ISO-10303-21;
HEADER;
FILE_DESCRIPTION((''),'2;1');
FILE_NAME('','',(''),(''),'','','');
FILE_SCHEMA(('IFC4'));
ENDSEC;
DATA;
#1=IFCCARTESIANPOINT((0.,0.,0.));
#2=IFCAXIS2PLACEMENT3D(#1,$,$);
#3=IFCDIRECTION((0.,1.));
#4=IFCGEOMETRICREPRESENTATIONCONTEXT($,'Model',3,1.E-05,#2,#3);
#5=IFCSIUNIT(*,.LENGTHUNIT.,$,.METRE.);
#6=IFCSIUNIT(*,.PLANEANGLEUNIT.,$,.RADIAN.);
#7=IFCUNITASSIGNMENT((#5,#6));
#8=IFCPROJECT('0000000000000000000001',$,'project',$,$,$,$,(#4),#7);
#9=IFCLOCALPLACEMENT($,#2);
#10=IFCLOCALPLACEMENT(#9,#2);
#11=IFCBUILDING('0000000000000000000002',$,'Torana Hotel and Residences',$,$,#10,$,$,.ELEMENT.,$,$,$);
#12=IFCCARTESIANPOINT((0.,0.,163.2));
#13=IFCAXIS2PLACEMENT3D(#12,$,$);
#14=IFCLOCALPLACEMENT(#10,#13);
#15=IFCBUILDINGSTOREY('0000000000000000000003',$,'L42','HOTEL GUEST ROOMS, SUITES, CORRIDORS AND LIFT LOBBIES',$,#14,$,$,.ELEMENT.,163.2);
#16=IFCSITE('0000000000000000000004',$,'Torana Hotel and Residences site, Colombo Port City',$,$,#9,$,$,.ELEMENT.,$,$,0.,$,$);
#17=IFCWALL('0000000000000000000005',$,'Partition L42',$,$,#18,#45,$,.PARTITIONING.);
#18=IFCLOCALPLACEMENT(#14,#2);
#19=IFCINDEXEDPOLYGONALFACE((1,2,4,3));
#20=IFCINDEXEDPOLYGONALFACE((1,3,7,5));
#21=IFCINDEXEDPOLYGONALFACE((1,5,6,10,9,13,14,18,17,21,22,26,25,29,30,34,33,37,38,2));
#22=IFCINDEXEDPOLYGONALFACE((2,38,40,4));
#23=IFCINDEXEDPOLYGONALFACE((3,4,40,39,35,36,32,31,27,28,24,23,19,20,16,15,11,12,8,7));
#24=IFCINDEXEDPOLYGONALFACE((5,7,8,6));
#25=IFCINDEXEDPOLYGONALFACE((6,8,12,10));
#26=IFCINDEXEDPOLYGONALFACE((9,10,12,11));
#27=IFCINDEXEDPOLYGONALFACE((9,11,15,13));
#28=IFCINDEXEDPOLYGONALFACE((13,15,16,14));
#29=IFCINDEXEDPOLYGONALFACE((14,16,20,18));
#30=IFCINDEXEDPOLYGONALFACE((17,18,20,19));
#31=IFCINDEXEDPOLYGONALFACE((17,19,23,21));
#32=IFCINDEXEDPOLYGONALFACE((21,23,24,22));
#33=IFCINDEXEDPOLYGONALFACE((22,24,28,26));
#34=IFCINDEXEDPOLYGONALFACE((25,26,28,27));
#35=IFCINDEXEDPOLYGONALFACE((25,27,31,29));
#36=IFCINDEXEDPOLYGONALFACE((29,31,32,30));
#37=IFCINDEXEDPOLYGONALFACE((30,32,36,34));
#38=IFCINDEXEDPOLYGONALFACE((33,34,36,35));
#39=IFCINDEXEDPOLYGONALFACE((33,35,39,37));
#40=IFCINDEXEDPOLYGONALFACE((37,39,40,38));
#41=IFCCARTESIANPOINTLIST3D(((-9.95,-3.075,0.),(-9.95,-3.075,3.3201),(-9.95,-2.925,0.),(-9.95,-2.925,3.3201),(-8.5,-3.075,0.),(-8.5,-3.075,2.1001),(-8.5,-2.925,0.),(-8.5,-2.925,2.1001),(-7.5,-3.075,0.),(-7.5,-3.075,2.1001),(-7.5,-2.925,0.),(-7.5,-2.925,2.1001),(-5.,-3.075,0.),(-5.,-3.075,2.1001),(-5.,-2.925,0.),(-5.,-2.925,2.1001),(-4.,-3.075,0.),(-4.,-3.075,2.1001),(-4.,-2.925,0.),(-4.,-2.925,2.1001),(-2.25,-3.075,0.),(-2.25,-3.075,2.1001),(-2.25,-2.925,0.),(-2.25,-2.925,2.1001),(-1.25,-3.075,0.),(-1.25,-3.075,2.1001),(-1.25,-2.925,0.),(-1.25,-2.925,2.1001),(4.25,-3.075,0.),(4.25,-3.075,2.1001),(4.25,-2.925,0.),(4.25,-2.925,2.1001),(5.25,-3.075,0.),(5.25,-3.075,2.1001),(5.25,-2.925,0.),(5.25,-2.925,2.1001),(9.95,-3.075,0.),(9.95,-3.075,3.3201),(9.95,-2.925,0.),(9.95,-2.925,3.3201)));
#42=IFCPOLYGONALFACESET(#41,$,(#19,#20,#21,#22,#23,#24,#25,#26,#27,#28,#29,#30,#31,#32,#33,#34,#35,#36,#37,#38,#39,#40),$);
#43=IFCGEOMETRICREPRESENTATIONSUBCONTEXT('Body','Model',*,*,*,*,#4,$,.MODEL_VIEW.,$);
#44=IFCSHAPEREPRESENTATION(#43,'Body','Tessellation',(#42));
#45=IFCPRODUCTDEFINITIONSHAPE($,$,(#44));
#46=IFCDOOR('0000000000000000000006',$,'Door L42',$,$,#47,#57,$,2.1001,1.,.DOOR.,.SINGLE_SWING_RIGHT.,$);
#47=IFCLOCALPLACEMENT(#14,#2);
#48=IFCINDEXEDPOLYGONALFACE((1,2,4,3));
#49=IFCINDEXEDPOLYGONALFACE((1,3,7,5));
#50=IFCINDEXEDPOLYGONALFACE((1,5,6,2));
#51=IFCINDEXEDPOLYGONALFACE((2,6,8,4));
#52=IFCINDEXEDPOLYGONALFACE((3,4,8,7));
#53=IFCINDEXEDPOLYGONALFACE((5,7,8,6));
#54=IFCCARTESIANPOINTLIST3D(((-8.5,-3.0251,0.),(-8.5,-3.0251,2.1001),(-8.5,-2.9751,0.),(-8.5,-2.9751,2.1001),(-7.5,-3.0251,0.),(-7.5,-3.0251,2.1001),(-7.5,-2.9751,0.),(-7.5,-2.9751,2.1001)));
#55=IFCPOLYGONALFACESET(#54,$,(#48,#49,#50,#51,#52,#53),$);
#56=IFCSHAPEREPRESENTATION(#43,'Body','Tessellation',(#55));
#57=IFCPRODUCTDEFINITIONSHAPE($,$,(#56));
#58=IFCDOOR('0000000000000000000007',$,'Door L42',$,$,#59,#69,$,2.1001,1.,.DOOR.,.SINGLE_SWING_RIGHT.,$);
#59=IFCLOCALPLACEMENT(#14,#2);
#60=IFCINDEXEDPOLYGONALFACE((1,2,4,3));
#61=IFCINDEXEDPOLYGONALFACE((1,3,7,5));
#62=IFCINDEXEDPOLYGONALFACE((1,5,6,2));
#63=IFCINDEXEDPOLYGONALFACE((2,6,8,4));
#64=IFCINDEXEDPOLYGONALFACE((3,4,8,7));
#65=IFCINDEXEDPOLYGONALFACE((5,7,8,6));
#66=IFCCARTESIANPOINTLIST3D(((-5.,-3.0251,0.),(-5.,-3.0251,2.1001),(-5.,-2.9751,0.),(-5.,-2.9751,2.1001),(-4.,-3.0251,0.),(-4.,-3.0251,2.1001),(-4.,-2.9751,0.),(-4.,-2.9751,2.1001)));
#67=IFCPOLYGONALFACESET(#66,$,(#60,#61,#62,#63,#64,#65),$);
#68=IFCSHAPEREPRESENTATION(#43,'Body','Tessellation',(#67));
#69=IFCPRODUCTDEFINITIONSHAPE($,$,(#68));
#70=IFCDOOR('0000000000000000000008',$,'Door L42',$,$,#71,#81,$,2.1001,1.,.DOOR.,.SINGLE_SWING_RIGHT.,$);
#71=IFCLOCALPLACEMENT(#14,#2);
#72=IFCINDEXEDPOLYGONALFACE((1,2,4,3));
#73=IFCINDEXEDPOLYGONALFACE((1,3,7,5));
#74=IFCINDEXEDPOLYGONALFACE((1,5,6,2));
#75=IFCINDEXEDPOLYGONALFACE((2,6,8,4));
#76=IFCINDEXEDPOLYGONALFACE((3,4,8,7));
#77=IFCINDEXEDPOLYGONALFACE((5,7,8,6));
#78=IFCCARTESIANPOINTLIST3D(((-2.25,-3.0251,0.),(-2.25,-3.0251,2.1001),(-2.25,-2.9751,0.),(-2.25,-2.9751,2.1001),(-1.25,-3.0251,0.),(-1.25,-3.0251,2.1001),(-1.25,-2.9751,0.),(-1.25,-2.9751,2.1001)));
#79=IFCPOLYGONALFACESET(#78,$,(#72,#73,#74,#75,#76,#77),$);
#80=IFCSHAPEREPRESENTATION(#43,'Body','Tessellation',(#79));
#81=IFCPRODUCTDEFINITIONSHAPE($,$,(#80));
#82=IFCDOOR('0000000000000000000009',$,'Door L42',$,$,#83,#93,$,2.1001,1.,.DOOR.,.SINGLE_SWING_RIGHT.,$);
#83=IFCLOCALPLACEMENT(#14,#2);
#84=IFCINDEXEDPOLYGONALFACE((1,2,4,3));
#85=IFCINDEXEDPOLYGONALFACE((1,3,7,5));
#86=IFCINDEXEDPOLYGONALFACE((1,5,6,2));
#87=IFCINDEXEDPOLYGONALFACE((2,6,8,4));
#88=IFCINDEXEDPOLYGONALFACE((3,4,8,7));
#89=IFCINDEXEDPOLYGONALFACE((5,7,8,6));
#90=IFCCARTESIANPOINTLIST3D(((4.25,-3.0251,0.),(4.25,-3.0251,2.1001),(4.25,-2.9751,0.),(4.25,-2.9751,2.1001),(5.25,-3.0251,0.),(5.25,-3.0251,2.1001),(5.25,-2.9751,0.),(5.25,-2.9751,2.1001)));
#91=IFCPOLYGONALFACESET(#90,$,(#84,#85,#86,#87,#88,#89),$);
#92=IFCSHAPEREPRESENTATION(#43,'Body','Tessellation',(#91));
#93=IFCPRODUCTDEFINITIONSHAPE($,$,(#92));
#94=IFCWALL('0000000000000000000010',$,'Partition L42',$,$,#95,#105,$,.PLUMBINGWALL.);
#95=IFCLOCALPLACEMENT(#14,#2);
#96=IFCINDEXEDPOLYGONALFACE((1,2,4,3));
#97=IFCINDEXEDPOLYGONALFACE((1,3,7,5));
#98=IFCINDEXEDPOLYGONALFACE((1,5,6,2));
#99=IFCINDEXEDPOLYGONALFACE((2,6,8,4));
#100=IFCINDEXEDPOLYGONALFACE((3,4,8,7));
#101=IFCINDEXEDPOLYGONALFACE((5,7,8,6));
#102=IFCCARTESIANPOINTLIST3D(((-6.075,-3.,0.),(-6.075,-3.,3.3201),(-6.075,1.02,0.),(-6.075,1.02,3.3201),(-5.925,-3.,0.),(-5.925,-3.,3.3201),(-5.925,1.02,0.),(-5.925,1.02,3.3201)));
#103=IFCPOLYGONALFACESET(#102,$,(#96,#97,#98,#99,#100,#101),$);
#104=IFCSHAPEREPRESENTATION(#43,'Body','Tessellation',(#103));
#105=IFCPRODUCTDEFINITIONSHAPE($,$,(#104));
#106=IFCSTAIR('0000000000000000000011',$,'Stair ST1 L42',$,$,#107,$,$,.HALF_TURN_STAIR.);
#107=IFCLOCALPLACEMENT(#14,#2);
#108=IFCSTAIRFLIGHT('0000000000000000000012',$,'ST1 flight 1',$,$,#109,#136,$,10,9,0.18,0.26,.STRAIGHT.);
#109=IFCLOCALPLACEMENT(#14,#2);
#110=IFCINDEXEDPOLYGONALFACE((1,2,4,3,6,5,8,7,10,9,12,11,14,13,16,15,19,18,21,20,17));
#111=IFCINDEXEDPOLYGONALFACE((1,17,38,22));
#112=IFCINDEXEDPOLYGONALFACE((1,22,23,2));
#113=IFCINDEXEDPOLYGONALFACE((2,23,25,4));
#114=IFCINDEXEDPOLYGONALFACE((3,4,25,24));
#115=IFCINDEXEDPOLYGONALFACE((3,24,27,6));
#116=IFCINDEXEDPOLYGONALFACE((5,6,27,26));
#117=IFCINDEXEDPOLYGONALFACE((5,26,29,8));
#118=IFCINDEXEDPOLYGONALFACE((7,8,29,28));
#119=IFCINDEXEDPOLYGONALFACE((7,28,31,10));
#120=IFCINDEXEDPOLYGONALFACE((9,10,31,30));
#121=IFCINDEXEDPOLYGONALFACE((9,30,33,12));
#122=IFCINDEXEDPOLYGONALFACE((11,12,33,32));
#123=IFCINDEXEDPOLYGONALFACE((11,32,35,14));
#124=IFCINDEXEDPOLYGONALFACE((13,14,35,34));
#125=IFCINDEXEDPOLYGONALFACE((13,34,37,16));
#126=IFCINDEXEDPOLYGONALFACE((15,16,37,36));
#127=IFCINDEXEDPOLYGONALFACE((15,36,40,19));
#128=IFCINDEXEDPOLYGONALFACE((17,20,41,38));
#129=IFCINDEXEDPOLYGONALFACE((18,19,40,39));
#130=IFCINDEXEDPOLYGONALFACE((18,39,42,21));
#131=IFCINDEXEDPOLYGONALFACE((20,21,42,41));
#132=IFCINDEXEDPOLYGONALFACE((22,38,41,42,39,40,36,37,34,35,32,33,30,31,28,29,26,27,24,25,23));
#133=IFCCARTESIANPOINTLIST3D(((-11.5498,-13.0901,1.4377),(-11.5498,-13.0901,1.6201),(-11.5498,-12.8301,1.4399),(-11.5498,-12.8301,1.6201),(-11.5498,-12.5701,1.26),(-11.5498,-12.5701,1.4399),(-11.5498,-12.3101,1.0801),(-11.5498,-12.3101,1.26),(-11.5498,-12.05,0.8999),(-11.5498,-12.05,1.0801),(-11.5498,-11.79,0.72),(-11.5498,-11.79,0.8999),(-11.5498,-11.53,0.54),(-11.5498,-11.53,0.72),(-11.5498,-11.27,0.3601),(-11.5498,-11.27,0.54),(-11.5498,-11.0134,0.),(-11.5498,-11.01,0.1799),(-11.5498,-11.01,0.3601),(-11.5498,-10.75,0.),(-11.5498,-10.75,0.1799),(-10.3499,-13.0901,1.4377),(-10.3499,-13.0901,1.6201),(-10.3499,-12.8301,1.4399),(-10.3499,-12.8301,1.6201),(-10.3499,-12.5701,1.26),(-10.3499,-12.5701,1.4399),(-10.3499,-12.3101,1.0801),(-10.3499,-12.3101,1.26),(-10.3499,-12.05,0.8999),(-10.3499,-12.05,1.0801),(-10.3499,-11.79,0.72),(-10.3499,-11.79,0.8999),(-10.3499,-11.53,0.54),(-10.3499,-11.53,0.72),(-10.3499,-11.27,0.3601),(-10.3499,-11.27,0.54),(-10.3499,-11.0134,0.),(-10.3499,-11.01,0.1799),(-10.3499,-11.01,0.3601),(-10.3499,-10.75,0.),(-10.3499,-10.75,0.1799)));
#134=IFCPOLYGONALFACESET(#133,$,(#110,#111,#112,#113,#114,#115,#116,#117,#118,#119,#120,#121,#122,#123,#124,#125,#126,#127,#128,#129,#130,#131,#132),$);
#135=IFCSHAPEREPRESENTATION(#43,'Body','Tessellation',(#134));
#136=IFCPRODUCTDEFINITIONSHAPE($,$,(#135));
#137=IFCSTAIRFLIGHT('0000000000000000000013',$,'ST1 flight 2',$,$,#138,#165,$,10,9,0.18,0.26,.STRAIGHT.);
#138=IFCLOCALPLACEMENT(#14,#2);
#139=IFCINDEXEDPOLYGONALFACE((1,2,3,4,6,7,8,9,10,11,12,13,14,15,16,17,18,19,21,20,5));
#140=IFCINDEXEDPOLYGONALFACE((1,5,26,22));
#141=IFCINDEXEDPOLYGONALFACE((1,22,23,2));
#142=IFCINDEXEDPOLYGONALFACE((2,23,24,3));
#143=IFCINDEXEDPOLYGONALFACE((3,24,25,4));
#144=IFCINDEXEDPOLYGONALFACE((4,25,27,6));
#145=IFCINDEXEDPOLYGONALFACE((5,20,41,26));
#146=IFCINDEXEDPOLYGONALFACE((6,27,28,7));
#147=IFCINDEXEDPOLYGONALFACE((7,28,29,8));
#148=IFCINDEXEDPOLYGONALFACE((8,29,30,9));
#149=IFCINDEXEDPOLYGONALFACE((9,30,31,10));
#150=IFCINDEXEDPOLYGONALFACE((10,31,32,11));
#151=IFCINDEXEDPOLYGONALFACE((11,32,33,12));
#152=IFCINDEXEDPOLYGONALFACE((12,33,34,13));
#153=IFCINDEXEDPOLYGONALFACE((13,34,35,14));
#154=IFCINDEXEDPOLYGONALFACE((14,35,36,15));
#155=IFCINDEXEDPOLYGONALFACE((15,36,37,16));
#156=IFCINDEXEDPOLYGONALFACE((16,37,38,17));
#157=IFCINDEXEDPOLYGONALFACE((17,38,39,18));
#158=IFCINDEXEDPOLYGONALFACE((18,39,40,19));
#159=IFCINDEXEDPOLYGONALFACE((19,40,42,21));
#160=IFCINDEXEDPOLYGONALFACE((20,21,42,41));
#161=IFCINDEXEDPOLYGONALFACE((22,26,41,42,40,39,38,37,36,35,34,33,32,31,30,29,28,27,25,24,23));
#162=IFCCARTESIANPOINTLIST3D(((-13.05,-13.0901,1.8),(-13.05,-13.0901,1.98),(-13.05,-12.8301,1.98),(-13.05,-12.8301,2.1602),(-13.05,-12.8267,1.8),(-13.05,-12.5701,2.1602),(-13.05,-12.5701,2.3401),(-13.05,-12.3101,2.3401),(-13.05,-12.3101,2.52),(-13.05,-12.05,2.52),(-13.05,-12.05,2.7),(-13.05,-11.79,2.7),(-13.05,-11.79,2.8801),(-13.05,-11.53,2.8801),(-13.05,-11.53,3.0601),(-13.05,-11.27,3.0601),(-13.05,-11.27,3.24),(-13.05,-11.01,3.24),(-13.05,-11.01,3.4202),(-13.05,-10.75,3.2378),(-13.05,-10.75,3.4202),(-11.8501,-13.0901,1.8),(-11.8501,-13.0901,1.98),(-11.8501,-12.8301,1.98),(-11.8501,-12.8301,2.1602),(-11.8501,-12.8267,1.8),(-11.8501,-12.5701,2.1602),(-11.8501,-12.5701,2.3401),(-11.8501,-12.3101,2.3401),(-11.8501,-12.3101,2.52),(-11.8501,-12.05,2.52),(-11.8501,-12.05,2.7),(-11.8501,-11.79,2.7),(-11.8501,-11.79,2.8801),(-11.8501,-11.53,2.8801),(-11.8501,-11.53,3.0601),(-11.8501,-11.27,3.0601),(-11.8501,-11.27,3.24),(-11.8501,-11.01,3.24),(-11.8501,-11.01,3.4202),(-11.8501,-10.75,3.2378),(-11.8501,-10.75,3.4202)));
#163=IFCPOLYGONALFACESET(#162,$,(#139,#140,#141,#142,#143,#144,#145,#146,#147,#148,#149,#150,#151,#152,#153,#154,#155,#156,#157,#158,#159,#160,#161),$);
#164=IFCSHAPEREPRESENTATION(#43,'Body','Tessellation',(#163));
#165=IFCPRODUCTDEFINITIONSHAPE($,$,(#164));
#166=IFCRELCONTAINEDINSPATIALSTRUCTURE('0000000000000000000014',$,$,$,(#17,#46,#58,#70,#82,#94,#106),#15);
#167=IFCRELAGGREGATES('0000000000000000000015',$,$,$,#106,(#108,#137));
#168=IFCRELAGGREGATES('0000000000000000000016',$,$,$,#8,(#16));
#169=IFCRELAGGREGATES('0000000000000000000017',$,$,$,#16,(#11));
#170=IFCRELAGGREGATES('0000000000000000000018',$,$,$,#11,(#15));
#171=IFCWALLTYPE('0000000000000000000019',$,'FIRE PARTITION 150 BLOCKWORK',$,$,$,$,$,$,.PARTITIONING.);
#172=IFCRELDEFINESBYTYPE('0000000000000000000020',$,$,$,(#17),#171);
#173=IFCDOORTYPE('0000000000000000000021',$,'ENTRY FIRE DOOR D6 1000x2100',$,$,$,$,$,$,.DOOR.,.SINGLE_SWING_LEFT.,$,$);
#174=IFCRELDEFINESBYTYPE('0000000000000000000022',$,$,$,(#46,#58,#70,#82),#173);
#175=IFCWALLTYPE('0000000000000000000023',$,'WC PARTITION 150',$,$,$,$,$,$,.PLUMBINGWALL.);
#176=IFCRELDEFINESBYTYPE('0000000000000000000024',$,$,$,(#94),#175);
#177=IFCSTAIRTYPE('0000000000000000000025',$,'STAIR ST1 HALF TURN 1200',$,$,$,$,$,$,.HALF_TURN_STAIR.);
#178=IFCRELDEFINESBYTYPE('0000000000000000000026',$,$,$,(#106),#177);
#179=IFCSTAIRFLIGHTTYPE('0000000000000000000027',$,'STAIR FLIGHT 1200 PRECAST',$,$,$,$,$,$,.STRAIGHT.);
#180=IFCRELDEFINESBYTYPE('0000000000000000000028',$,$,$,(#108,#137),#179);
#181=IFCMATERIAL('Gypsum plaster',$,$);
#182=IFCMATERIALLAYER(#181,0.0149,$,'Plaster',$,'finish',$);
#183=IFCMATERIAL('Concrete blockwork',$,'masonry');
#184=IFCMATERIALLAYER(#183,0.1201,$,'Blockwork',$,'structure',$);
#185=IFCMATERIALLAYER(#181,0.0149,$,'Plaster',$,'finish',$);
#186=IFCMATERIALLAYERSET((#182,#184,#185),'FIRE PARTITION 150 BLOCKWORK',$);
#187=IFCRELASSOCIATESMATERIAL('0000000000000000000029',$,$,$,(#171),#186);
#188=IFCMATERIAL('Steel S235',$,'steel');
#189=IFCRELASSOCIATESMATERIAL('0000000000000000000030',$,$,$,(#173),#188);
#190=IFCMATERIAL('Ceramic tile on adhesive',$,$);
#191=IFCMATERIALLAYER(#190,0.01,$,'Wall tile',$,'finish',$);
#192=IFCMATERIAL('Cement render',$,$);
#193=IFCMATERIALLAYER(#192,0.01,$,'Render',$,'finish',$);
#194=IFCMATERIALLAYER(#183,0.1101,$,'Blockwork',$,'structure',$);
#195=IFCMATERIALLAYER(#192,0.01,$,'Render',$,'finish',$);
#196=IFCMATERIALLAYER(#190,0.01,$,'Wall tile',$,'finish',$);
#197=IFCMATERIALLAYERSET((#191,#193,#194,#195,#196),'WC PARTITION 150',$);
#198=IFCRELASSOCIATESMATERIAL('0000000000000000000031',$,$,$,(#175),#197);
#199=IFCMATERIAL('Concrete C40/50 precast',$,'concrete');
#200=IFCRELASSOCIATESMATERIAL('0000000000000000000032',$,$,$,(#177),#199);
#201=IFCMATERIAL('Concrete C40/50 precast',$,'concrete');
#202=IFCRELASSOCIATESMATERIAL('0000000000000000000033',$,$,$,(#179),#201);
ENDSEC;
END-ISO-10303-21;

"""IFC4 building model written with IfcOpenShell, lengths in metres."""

from ifc_helpers import new_model, si_unit, direction, frame, frame_2d, origin, place, context, subcontext, project, spatial, polyline, rectangle, outline, extrude, material, layer, layer_set, type_object, element, fill, aggregate, save


model = new_model("IFC4")

# Units and contexts
model_context = context("Model", 3, precision=1e-05, world=origin(), true_north=direction((0.0, 1.0)))
body_context = subcontext(model_context, "Body", "Model", "MODEL_VIEW")
ifc_project = project(units=[si_unit("LENGTHUNIT", "METRE"), si_unit("PLANEANGLEUNIT", "RADIAN")], contexts=[model_context])

# Site, building, storey
site_placement = place(None, origin())
site = spatial("IfcSite", under=ifc_project, at=site_placement, Name="Torana Hotel and Residences site, Colombo Port City", CompositionType="ELEMENT", RefElevation=0.0)
building_placement = place(site_placement, origin())
building = spatial("IfcBuilding", under=site, at=building_placement, Name="Torana Hotel and Residences", CompositionType="ELEMENT")
storey_placement = place(building_placement, frame((0.0, 0.0, 163.2)))
storey = spatial("IfcBuildingStorey", under=building, at=storey_placement, Name="L42", Description="HOTEL GUEST ROOMS, SUITES, CORRIDORS AND LIFT LOBBIES", CompositionType="ELEMENT", Elevation=163.2)

# Shared definitions
ifc_material_1 = material(Name="Gypsum plaster")
ifc_layer_1 = layer(ifc_material_1, 0.0149, Name="Plaster", Category="finish")
ifc_material_2 = material(Name="Concrete blockwork", Category="masonry")
ifc_layer_2 = layer(ifc_material_2, 0.1201, Name="Blockwork", Category="structure")
ifc_layer_3 = layer(ifc_material_1, 0.0149, Name="Plaster", Category="finish")
ifc_layer_set_1 = layer_set([ifc_layer_1, ifc_layer_2, ifc_layer_3], Name="FIRE PARTITION 150 BLOCKWORK")
wall_type_1 = type_object("IfcWallType", Name="FIRE PARTITION 150 BLOCKWORK", PredefinedType="PARTITIONING", material=ifc_layer_set_1)

# Wall, openings, doors
ifc_material_3 = material(Name="Steel S235", Category="steel")
door_type_1 = type_object("IfcDoorType", Name="ENTRY FIRE DOOR D6 1000x2100", OperationType="SINGLE_SWING_LEFT", PredefinedType="DOOR", material=ifc_material_3)
wall_1_placement = place(storey_placement, frame((-9.95, -3.0, 0.0), z_axis=(0.0, 0.0, 1.0), x_axis=(1.0, 0.0, 0.0)))
wall_1 = element("IfcWall", 1, at=wall_1_placement, inside=storey, type_object=wall_type_1, Name="Partition L42", PredefinedType="PARTITIONING", context=body_context, shape_type="SweptSolid", body=[
    extrude(rectangle(XDim=19.8999, YDim=0.1499, at=frame_2d((9.95, 0.0))), origin(), (0.0, 0.0, 1.0), 3.3201),
])
opening_1_placement = place(wall_1_placement, frame((1.45, 0.0, 0.0)))
opening_1 = element("IfcOpeningElement", 2, at=opening_1_placement, cuts=wall_1, PredefinedType="OPENING", context=body_context, shape_type="SweptSolid", body=[
    extrude(rectangle(XDim=1.0, YDim=2.1001, at=frame_2d((0.5, 1.05))), frame((0.0, 0.085, 0.0), z_axis=(0.0, -1.0, 0.0), x_axis=(1.0, 0.0, 0.0)), (0.0, 0.0, 1.0), 0.1699),
])
opening_2_placement = place(wall_1_placement, frame((4.95, 0.0, 0.0)))
opening_2 = element("IfcOpeningElement", 3, at=opening_2_placement, cuts=wall_1, PredefinedType="OPENING", context=body_context, shape_type="SweptSolid", body=[
    extrude(rectangle(XDim=1.0, YDim=2.1001, at=frame_2d((0.5, 1.05))), frame((0.0, 0.085, 0.0), z_axis=(0.0, -1.0, 0.0), x_axis=(1.0, 0.0, 0.0)), (0.0, 0.0, 1.0), 0.1699),
])
opening_3_placement = place(wall_1_placement, frame((7.7, 0.0, 0.0)))
opening_3 = element("IfcOpeningElement", 4, at=opening_3_placement, cuts=wall_1, PredefinedType="OPENING", context=body_context, shape_type="SweptSolid", body=[
    extrude(rectangle(XDim=1.0, YDim=2.1001, at=frame_2d((0.5, 1.05))), frame((0.0, 0.085, 0.0), z_axis=(0.0, -1.0, 0.0), x_axis=(1.0, 0.0, 0.0)), (0.0, 0.0, 1.0), 0.1699),
])
opening_4_placement = place(wall_1_placement, frame((14.2, 0.0, 0.0)))
opening_4 = element("IfcOpeningElement", 5, at=opening_4_placement, cuts=wall_1, PredefinedType="OPENING", context=body_context, shape_type="SweptSolid", body=[
    extrude(rectangle(XDim=1.0, YDim=2.1001, at=frame_2d((0.5, 1.05))), frame((0.0, 0.085, 0.0), z_axis=(0.0, -1.0, 0.0), x_axis=(1.0, 0.0, 0.0)), (0.0, 0.0, 1.0), 0.1699),
])
door_1_placement = place(opening_1_placement, origin())
door_1 = element("IfcDoor", 6, at=door_1_placement, inside=storey, type_object=door_type_1, Name="Door L42", OperationType="SINGLE_SWING_RIGHT", OverallHeight=2.1001, OverallWidth=1.0, PredefinedType="DOOR", context=body_context, shape_type="SweptSolid", body=[
    extrude(rectangle(XDim=1.0, YDim=2.1001, at=frame_2d((0.5, 1.05))), frame((0.0, 0.0249, 0.0), z_axis=(0.0, -1.0, 0.0), x_axis=(1.0, 0.0, 0.0)), (0.0, 0.0, 1.0), 0.05),
])
fill(opening_1, door_1)
door_2_placement = place(opening_2_placement, origin())
door_2 = element("IfcDoor", 7, at=door_2_placement, inside=storey, type_object=door_type_1, Name="Door L42", OperationType="SINGLE_SWING_RIGHT", OverallHeight=2.1001, OverallWidth=1.0, PredefinedType="DOOR", context=body_context, shape_type="SweptSolid", body=[
    extrude(rectangle(XDim=1.0, YDim=2.1001, at=frame_2d((0.5, 1.05))), frame((0.0, 0.0249, 0.0), z_axis=(0.0, -1.0, 0.0), x_axis=(1.0, 0.0, 0.0)), (0.0, 0.0, 1.0), 0.05),
])
fill(opening_2, door_2)
door_3_placement = place(opening_3_placement, origin())
door_3 = element("IfcDoor", 8, at=door_3_placement, inside=storey, type_object=door_type_1, Name="Door L42", OperationType="SINGLE_SWING_RIGHT", OverallHeight=2.1001, OverallWidth=1.0, PredefinedType="DOOR", context=body_context, shape_type="SweptSolid", body=[
    extrude(rectangle(XDim=1.0, YDim=2.1001, at=frame_2d((0.5, 1.05))), frame((0.0, 0.0249, 0.0), z_axis=(0.0, -1.0, 0.0), x_axis=(1.0, 0.0, 0.0)), (0.0, 0.0, 1.0), 0.05),
])
fill(opening_3, door_3)
door_4_placement = place(opening_4_placement, origin())
door_4 = element("IfcDoor", 9, at=door_4_placement, inside=storey, type_object=door_type_1, Name="Door L42", OperationType="SINGLE_SWING_RIGHT", OverallHeight=2.1001, OverallWidth=1.0, PredefinedType="DOOR", context=body_context, shape_type="SweptSolid", body=[
    extrude(rectangle(XDim=1.0, YDim=2.1001, at=frame_2d((0.5, 1.05))), frame((0.0, 0.0249, 0.0), z_axis=(0.0, -1.0, 0.0), x_axis=(1.0, 0.0, 0.0)), (0.0, 0.0, 1.0), 0.05),
])
fill(opening_4, door_4)

# Wall
ifc_material_4 = material(Name="Ceramic tile on adhesive")
ifc_layer_4 = layer(ifc_material_4, 0.01, Name="Wall tile", Category="finish")
ifc_material_5 = material(Name="Cement render")
ifc_layer_5 = layer(ifc_material_5, 0.01, Name="Render", Category="finish")
ifc_layer_6 = layer(ifc_material_2, 0.1101, Name="Blockwork", Category="structure")
ifc_layer_7 = layer(ifc_material_5, 0.01, Name="Render", Category="finish")
ifc_layer_8 = layer(ifc_material_4, 0.01, Name="Wall tile", Category="finish")
ifc_layer_set_2 = layer_set([ifc_layer_4, ifc_layer_5, ifc_layer_6, ifc_layer_7, ifc_layer_8], Name="WC PARTITION 150")
wall_type_2 = type_object("IfcWallType", Name="WC PARTITION 150", PredefinedType="PLUMBINGWALL", material=ifc_layer_set_2)
wall_2_placement = place(storey_placement, frame((-6.0, -3.0, 0.0), z_axis=(0.0, 0.0, 1.0), x_axis=(0.0, 1.0, 0.0)))
element("IfcWall", 10, at=wall_2_placement, inside=storey, type_object=wall_type_2, Name="Partition L42", PredefinedType="PLUMBINGWALL", context=body_context, shape_type="SweptSolid", body=[
    extrude(rectangle(XDim=4.02, YDim=0.1499, at=frame_2d((2.01, 0.0))), origin(), (0.0, 0.0, 1.0), 3.3201),
])

# Stair, stair flights
ifc_material_6 = material(Name="Concrete C40/50 precast", Category="concrete")
stair_type = type_object("IfcStairType", Name="STAIR ST1 HALF TURN 1200", PredefinedType="HALF_TURN_STAIR", material=ifc_material_6)
stair_placement = place(storey_placement, origin())
stair = element("IfcStair", 11, at=stair_placement, inside=storey, type_object=stair_type, Name="Stair ST1 L42", PredefinedType="HALF_TURN_STAIR")
ifc_material_7 = material(Name="Concrete C40/50 precast", Category="concrete")
stair_flight_type = type_object("IfcStairFlightType", Name="STAIR FLIGHT 1200 PRECAST", PredefinedType="STRAIGHT", material=ifc_material_7)
stair_flight_1_placement = place(storey_placement, frame((-10.95, -10.75, 0.0), z_axis=(0.0, 0.0, 1.0), x_axis=(0.0, -1.0, 0.0)))
stair_flight_1 = element("IfcStairFlight", 12, at=stair_flight_1_placement, type_object=stair_flight_type, Name="ST1 flight 1", NumberOfRisers=10, NumberOfTreads=9, PredefinedType="STRAIGHT", RiserHeight=0.18, TreadLength=0.26, context=body_context, shape_type="SweptSolid", body=[
    extrude(outline(polyline([(0.0, 0.0), (0.0, 0.1799), (0.26, 0.1799), (0.26, 0.3601), (0.52, 0.3601), (0.52, 0.54), (0.78, 0.54), (0.78, 0.72), (1.04, 0.72), (1.04, 0.8999), (1.3, 0.8999), (1.3, 1.0801), (1.5601, 1.0801), (1.5601, 1.26), (1.8201, 1.26), (1.8201, 1.4399), (2.0801, 1.4399), (2.0801, 1.6201), (2.3401, 1.6201), (2.3401, 1.8), (2.3401, 1.4377), (0.2634, 0.0), (0.0, 0.0)])), frame((0.0, 0.6001, 0.0), z_axis=(0.0, -1.0, 0.0), x_axis=(1.0, 0.0, 0.0)), (0.0, 0.0, 1.0), 1.2),
])
stair_flight_2_placement = place(storey_placement, frame((-12.45, -13.0901, 1.8), z_axis=(0.0, 0.0, 1.0), x_axis=(0.0, 1.0, 0.0)))
stair_flight_2 = element("IfcStairFlight", 13, at=stair_flight_2_placement, type_object=stair_flight_type, Name="ST1 flight 2", NumberOfRisers=10, NumberOfTreads=9, PredefinedType="STRAIGHT", RiserHeight=0.18, TreadLength=0.26, context=body_context, shape_type="SweptSolid", body=[
    extrude(outline(polyline([(0.0, 0.0), (0.0, 0.1799), (0.26, 0.1799), (0.26, 0.3601), (0.52, 0.3601), (0.52, 0.54), (0.78, 0.54), (0.78, 0.72), (1.04, 0.72), (1.04, 0.8999), (1.3, 0.8999), (1.3, 1.0801), (1.5601, 1.0801), (1.5601, 1.26), (1.8201, 1.26), (1.8201, 1.4399), (2.0801, 1.4399), (2.0801, 1.6201), (2.3401, 1.6201), (2.3401, 1.8), (2.3401, 1.4377), (0.2634, 0.0), (0.0, 0.0)])), frame((0.0, 0.6001, 0.0), z_axis=(0.0, -1.0, 0.0), x_axis=(1.0, 0.0, 0.0)), (0.0, 0.0, 1.0), 1.2),
])
aggregate(stair, [stair_flight_1, stair_flight_2])

save(model, "model.ifc")
